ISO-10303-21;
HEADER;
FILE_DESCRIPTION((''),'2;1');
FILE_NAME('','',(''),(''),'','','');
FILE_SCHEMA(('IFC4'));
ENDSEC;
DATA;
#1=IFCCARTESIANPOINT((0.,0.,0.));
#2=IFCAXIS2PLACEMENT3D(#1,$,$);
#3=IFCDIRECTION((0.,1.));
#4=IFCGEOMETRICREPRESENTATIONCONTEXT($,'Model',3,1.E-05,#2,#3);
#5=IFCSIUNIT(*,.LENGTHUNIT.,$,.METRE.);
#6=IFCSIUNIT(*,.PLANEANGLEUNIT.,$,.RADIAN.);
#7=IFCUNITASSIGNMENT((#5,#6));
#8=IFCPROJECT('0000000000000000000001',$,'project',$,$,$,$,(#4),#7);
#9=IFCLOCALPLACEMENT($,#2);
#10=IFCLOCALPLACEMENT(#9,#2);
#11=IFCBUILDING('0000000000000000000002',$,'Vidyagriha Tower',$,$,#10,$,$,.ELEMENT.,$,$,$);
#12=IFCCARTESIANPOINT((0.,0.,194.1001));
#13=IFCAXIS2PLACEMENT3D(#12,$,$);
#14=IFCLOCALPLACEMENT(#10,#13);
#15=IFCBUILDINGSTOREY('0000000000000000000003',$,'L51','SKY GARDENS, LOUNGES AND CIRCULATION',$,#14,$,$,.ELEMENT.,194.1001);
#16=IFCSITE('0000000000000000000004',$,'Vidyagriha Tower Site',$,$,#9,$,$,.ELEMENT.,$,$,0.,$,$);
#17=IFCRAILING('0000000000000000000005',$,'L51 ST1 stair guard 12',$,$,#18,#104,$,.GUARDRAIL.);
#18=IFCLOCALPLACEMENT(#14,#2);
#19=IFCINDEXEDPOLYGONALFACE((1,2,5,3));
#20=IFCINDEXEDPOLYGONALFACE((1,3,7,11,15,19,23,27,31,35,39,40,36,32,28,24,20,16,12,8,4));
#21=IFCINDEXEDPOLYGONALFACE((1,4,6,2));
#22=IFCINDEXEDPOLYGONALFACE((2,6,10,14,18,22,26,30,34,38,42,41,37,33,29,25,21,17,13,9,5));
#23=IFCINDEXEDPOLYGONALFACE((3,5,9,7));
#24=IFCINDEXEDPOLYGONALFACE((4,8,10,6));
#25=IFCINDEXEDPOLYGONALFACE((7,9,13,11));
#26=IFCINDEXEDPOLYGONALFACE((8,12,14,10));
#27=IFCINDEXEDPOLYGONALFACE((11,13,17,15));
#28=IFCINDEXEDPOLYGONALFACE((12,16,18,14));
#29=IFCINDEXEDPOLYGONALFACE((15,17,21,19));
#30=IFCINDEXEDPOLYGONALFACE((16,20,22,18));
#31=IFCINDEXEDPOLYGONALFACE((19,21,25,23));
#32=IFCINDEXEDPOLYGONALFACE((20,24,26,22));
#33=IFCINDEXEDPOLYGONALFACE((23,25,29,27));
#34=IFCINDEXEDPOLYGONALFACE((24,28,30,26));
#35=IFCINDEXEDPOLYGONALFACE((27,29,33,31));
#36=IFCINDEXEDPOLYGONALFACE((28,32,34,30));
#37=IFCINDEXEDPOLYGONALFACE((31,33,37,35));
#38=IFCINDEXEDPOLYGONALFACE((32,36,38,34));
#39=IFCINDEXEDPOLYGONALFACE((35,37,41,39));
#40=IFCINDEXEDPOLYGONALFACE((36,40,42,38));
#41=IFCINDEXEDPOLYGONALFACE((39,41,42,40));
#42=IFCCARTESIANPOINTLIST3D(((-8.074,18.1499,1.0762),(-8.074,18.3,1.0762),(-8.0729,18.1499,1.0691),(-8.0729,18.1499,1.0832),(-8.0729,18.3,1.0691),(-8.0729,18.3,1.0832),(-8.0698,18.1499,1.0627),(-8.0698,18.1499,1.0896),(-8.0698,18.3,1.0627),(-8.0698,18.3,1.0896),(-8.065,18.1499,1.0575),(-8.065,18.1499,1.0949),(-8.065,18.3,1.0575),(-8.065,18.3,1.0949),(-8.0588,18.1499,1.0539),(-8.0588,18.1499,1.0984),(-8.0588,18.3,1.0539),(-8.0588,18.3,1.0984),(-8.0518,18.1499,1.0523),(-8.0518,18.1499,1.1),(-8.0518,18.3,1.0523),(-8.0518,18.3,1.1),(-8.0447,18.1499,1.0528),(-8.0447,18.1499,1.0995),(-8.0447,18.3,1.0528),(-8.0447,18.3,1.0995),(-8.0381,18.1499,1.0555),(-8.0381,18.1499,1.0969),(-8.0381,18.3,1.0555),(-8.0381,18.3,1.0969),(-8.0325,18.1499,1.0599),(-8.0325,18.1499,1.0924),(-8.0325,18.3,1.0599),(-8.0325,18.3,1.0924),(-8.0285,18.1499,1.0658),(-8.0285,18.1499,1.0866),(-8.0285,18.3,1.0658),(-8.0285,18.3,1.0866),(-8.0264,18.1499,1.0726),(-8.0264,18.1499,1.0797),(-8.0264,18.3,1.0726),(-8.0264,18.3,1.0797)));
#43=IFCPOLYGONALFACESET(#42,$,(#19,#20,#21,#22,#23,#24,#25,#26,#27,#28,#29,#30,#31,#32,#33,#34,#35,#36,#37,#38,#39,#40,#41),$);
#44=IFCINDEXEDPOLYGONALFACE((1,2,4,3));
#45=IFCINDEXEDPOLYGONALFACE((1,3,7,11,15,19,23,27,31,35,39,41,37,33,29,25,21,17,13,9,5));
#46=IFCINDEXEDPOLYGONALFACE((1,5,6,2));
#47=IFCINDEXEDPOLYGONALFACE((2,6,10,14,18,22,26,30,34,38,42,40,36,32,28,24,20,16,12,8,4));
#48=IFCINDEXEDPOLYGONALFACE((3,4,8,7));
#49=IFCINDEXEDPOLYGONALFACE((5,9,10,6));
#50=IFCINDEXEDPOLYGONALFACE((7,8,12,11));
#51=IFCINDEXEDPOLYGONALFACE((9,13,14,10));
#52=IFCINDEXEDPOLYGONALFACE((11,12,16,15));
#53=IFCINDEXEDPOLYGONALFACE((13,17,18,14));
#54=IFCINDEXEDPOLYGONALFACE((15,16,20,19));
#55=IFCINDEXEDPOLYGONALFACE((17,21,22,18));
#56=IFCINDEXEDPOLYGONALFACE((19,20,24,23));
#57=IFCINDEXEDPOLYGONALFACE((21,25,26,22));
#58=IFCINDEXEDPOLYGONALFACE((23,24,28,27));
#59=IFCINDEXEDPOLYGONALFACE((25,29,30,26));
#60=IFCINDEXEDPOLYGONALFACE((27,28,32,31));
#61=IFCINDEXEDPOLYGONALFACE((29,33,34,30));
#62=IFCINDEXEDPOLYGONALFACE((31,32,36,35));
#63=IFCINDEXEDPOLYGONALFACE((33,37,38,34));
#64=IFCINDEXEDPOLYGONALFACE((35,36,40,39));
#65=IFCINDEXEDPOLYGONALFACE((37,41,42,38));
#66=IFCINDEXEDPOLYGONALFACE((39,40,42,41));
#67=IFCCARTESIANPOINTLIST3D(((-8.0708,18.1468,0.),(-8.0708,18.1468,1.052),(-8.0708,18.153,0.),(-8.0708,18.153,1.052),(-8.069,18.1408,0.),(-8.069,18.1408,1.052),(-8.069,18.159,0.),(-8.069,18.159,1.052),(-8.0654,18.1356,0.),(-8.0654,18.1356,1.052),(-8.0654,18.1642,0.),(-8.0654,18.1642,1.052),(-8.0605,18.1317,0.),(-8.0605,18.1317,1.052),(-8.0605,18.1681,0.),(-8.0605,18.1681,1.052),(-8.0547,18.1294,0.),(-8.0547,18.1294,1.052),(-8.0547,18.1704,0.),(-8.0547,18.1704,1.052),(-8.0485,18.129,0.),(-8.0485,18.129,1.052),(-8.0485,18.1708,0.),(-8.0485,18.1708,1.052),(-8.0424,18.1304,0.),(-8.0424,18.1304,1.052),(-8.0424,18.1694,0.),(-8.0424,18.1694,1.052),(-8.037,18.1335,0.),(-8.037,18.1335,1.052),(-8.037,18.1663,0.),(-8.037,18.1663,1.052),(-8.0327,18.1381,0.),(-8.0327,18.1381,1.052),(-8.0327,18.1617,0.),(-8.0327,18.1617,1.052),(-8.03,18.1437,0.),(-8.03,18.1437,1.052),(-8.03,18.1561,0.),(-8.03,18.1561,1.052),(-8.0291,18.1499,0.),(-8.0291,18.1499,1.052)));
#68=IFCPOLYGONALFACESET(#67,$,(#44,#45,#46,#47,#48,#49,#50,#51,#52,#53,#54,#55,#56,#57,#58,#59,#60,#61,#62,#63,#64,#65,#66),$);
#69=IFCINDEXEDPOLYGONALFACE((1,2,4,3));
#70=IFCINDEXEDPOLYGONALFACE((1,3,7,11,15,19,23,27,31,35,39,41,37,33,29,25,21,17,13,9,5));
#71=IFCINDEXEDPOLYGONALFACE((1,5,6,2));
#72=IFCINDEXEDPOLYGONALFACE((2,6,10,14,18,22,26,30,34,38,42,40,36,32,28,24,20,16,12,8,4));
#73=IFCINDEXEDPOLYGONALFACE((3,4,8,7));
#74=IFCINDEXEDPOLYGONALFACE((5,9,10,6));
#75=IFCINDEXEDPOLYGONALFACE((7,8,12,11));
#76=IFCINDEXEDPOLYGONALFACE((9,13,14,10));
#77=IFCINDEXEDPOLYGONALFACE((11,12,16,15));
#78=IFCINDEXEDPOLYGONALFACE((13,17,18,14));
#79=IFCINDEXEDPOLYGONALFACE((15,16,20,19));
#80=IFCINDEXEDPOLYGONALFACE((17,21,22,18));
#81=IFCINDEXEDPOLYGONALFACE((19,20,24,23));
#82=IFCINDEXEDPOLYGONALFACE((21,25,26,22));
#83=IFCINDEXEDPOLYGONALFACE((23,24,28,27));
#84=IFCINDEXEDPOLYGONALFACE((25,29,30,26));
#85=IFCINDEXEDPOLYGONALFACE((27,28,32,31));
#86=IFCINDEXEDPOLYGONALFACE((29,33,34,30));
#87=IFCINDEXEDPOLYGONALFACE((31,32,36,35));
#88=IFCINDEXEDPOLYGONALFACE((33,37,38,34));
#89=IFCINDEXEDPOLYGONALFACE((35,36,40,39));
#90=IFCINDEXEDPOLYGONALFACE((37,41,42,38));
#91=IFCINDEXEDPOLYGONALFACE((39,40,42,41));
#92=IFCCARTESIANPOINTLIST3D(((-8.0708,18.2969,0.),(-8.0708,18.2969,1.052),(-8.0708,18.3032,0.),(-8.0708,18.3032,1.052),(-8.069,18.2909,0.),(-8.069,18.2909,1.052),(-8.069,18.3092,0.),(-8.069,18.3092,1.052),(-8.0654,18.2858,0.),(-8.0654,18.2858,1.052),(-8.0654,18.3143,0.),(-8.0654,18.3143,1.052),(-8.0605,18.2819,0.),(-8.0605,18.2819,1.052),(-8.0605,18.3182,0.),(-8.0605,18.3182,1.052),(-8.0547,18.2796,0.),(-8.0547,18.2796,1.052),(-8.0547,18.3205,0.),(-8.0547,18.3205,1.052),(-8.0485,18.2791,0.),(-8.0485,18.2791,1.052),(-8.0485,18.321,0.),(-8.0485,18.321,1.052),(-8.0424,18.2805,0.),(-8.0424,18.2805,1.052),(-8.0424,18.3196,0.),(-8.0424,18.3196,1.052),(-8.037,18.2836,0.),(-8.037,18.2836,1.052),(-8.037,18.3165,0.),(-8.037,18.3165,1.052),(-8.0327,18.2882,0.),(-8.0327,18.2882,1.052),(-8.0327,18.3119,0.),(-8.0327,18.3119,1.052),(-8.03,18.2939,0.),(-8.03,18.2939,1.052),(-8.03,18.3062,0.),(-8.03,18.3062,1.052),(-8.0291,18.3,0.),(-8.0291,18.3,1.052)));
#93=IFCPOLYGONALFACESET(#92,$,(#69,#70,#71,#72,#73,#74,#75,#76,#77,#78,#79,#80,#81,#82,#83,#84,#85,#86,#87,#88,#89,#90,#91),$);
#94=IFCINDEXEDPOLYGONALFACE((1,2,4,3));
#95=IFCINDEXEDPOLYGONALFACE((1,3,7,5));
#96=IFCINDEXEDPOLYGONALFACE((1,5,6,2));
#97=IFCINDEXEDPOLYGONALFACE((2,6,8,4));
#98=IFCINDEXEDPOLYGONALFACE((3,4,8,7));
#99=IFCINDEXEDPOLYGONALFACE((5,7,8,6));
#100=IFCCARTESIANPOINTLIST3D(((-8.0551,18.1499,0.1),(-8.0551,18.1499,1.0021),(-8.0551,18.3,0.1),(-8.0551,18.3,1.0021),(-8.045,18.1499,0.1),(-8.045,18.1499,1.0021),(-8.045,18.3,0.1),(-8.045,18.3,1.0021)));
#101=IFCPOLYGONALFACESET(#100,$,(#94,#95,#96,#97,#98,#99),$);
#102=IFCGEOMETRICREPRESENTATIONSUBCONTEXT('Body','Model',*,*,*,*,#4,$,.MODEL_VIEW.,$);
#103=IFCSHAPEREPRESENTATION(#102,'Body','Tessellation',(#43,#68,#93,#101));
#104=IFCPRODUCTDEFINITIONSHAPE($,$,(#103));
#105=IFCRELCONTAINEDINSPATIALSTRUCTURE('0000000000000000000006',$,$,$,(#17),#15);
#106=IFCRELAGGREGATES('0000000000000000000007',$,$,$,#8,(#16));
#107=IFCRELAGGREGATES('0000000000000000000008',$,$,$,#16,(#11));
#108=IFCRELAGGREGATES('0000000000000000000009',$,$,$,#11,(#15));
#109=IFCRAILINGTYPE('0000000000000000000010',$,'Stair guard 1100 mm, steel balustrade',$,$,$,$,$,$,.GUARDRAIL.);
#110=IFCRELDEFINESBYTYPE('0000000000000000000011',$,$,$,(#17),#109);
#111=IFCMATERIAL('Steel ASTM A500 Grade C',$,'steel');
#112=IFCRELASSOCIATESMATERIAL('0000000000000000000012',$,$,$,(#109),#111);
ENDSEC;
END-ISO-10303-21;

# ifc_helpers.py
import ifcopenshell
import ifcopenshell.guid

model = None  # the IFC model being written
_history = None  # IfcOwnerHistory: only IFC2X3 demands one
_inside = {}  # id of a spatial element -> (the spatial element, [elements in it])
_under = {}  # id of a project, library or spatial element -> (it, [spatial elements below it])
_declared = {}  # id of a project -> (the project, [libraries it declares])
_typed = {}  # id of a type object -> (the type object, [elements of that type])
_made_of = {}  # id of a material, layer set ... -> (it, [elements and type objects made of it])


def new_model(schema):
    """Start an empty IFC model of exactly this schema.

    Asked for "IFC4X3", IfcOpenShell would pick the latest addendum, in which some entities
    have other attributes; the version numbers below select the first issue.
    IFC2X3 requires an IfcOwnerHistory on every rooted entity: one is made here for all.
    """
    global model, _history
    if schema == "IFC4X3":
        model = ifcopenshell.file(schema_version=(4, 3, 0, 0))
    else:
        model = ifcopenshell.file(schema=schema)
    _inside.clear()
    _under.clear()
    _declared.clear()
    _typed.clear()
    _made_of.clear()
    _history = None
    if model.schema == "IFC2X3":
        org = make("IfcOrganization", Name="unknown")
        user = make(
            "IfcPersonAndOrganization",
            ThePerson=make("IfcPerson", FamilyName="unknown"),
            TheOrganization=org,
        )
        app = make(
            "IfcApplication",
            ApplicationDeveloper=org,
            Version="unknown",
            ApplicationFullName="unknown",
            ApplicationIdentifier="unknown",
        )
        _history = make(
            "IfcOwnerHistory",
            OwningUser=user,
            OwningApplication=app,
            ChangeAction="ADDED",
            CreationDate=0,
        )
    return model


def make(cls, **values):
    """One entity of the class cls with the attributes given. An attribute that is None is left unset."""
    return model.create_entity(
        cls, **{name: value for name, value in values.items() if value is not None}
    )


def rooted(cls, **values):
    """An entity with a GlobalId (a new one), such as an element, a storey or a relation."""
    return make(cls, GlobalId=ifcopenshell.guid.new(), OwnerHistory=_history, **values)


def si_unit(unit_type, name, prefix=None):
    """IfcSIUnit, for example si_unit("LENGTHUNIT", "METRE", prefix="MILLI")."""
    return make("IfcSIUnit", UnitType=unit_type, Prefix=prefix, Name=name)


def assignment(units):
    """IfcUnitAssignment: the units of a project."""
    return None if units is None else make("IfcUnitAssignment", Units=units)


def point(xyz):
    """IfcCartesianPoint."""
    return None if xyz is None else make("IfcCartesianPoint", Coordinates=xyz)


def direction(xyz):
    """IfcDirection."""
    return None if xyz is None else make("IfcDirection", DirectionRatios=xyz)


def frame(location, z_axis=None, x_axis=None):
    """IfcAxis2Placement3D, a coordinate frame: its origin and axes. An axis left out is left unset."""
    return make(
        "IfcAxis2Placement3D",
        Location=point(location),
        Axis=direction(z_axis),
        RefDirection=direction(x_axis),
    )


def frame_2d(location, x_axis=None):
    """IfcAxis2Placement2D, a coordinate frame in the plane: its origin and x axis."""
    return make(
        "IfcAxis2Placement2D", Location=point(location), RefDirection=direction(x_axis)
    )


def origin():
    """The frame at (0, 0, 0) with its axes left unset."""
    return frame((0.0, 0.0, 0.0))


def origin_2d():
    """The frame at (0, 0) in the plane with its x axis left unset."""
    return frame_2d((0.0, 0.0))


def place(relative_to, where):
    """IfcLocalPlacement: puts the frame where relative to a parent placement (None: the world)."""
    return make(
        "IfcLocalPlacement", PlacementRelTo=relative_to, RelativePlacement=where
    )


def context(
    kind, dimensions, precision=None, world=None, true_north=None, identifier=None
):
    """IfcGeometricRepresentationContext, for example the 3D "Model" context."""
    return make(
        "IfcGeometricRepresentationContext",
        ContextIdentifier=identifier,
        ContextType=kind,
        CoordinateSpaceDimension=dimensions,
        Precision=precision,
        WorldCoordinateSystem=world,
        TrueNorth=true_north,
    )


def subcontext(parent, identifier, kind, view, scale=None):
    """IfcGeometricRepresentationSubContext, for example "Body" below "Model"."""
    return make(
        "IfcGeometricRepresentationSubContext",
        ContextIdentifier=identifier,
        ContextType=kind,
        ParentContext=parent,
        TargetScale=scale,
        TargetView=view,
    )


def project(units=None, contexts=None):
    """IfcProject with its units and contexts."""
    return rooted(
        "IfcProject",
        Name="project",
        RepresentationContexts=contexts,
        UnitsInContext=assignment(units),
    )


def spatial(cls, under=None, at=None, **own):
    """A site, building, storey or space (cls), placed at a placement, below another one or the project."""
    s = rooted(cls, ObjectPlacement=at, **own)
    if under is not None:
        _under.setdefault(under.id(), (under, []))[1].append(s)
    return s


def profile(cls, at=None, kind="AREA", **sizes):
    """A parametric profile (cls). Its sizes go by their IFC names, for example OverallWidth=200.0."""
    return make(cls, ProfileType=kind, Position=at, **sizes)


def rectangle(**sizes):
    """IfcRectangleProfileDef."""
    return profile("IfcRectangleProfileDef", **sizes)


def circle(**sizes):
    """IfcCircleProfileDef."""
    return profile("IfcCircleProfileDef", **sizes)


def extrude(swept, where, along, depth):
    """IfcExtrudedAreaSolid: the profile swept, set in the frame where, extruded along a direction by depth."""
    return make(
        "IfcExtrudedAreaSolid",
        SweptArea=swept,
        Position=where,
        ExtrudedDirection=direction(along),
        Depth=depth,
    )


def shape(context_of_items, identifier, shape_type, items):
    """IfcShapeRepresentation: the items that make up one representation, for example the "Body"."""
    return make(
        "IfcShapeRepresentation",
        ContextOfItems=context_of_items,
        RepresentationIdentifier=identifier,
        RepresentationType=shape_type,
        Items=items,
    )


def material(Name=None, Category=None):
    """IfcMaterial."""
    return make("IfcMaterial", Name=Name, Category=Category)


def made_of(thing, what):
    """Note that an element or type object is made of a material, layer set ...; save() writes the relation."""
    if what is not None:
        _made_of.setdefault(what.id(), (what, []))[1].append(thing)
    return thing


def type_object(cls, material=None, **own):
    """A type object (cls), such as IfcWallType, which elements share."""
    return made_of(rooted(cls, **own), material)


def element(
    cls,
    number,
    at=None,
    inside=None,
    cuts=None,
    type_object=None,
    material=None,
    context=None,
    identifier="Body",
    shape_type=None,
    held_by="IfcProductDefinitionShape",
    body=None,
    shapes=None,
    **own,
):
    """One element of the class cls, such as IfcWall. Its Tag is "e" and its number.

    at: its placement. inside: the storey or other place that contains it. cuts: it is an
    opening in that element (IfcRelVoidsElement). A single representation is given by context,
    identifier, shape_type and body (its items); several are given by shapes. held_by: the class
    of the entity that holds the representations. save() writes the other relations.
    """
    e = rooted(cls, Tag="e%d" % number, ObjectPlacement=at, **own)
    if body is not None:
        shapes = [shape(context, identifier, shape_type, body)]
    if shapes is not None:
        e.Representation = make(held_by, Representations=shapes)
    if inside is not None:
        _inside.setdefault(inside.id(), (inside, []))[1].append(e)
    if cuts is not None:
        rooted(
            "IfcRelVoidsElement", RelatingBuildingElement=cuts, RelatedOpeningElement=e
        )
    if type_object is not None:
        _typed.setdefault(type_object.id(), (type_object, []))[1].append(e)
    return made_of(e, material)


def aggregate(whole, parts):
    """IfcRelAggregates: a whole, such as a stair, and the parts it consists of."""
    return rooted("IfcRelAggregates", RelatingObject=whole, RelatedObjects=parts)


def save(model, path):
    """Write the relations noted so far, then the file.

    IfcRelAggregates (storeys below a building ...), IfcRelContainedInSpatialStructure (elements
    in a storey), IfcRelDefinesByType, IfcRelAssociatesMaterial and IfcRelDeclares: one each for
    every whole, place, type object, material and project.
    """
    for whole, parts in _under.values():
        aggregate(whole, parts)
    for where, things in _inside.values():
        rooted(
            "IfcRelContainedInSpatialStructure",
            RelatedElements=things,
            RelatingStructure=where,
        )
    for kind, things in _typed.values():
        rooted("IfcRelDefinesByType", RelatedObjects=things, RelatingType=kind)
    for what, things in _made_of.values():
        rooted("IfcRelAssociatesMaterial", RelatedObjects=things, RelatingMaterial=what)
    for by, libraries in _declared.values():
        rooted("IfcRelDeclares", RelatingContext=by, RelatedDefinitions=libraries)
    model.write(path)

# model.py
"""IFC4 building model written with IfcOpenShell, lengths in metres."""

from ifc_helpers import new_model, si_unit, direction, frame, origin, origin_2d, place, context, subcontext, project, spatial, rectangle, circle, extrude, material, type_object, element, save


model = new_model("IFC4")

# Units and contexts
model_context = context("Model", 3, precision=1e-05, world=origin(), true_north=direction((0.0, 1.0)))
body_context = subcontext(model_context, "Body", "Model", "MODEL_VIEW")
ifc_project = project(units=[si_unit("LENGTHUNIT", "METRE"), si_unit("PLANEANGLEUNIT", "RADIAN")], contexts=[model_context])

# Site, building, storey
site_placement = place(None, origin())
site = spatial("IfcSite", under=ifc_project, at=site_placement, Name="Vidyagriha Tower Site", CompositionType="ELEMENT", RefElevation=0.0)
building_placement = place(site_placement, origin())
building = spatial("IfcBuilding", under=site, at=building_placement, Name="Vidyagriha Tower", CompositionType="ELEMENT")
storey_placement = place(building_placement, frame((0.0, 0.0, 194.1001)))
storey = spatial("IfcBuildingStorey", under=building, at=storey_placement, Name="L51", Description="SKY GARDENS, LOUNGES AND CIRCULATION", CompositionType="ELEMENT", Elevation=194.1001)

# Railing
ifc_material_1 = material(Name="Steel ASTM A500 Grade C", Category="steel")
railing_type_1 = type_object("IfcRailingType", Name="Stair guard 1100 mm, steel balustrade", PredefinedType="GUARDRAIL", material=ifc_material_1)
for number, where, name in (
    (1, (-8.05, 18.1499, 0.0), "L51 ST1 stair guard 12"),
):
    element("IfcRailing", number, at=place(storey_placement, frame(where)), inside=storey, type_object=railing_type_1, Name=name, PredefinedType="GUARDRAIL", context=body_context, shape_type="SweptSolid", body=[
        extrude(circle(Radius=0.0239, at=origin_2d()), frame((0.0, 0.0, 1.0762), z_axis=(0.0, 1.0, 0.0), x_axis=(-1.0, 0.0, 0.0)), (0.0, 0.0, 1.0), 0.1501),
        extrude(circle(Radius=0.021, at=origin_2d()), origin(), (0.0, 0.0, 1.0), 1.052),
        extrude(circle(Radius=0.021, at=origin_2d()), frame((0.0, 0.1501, 0.0)), (0.0, 0.0, 1.0), 1.052),
        extrude(rectangle(XDim=0.01, YDim=0.9021, at=origin_2d()), frame((0.0, 0.0, 0.551), z_axis=(0.0, 1.0, 0.0), x_axis=(-1.0, 0.0, 0.0)), (0.0, 0.0, 1.0), 0.1501),
    ])

save(model, "model.ifc")
